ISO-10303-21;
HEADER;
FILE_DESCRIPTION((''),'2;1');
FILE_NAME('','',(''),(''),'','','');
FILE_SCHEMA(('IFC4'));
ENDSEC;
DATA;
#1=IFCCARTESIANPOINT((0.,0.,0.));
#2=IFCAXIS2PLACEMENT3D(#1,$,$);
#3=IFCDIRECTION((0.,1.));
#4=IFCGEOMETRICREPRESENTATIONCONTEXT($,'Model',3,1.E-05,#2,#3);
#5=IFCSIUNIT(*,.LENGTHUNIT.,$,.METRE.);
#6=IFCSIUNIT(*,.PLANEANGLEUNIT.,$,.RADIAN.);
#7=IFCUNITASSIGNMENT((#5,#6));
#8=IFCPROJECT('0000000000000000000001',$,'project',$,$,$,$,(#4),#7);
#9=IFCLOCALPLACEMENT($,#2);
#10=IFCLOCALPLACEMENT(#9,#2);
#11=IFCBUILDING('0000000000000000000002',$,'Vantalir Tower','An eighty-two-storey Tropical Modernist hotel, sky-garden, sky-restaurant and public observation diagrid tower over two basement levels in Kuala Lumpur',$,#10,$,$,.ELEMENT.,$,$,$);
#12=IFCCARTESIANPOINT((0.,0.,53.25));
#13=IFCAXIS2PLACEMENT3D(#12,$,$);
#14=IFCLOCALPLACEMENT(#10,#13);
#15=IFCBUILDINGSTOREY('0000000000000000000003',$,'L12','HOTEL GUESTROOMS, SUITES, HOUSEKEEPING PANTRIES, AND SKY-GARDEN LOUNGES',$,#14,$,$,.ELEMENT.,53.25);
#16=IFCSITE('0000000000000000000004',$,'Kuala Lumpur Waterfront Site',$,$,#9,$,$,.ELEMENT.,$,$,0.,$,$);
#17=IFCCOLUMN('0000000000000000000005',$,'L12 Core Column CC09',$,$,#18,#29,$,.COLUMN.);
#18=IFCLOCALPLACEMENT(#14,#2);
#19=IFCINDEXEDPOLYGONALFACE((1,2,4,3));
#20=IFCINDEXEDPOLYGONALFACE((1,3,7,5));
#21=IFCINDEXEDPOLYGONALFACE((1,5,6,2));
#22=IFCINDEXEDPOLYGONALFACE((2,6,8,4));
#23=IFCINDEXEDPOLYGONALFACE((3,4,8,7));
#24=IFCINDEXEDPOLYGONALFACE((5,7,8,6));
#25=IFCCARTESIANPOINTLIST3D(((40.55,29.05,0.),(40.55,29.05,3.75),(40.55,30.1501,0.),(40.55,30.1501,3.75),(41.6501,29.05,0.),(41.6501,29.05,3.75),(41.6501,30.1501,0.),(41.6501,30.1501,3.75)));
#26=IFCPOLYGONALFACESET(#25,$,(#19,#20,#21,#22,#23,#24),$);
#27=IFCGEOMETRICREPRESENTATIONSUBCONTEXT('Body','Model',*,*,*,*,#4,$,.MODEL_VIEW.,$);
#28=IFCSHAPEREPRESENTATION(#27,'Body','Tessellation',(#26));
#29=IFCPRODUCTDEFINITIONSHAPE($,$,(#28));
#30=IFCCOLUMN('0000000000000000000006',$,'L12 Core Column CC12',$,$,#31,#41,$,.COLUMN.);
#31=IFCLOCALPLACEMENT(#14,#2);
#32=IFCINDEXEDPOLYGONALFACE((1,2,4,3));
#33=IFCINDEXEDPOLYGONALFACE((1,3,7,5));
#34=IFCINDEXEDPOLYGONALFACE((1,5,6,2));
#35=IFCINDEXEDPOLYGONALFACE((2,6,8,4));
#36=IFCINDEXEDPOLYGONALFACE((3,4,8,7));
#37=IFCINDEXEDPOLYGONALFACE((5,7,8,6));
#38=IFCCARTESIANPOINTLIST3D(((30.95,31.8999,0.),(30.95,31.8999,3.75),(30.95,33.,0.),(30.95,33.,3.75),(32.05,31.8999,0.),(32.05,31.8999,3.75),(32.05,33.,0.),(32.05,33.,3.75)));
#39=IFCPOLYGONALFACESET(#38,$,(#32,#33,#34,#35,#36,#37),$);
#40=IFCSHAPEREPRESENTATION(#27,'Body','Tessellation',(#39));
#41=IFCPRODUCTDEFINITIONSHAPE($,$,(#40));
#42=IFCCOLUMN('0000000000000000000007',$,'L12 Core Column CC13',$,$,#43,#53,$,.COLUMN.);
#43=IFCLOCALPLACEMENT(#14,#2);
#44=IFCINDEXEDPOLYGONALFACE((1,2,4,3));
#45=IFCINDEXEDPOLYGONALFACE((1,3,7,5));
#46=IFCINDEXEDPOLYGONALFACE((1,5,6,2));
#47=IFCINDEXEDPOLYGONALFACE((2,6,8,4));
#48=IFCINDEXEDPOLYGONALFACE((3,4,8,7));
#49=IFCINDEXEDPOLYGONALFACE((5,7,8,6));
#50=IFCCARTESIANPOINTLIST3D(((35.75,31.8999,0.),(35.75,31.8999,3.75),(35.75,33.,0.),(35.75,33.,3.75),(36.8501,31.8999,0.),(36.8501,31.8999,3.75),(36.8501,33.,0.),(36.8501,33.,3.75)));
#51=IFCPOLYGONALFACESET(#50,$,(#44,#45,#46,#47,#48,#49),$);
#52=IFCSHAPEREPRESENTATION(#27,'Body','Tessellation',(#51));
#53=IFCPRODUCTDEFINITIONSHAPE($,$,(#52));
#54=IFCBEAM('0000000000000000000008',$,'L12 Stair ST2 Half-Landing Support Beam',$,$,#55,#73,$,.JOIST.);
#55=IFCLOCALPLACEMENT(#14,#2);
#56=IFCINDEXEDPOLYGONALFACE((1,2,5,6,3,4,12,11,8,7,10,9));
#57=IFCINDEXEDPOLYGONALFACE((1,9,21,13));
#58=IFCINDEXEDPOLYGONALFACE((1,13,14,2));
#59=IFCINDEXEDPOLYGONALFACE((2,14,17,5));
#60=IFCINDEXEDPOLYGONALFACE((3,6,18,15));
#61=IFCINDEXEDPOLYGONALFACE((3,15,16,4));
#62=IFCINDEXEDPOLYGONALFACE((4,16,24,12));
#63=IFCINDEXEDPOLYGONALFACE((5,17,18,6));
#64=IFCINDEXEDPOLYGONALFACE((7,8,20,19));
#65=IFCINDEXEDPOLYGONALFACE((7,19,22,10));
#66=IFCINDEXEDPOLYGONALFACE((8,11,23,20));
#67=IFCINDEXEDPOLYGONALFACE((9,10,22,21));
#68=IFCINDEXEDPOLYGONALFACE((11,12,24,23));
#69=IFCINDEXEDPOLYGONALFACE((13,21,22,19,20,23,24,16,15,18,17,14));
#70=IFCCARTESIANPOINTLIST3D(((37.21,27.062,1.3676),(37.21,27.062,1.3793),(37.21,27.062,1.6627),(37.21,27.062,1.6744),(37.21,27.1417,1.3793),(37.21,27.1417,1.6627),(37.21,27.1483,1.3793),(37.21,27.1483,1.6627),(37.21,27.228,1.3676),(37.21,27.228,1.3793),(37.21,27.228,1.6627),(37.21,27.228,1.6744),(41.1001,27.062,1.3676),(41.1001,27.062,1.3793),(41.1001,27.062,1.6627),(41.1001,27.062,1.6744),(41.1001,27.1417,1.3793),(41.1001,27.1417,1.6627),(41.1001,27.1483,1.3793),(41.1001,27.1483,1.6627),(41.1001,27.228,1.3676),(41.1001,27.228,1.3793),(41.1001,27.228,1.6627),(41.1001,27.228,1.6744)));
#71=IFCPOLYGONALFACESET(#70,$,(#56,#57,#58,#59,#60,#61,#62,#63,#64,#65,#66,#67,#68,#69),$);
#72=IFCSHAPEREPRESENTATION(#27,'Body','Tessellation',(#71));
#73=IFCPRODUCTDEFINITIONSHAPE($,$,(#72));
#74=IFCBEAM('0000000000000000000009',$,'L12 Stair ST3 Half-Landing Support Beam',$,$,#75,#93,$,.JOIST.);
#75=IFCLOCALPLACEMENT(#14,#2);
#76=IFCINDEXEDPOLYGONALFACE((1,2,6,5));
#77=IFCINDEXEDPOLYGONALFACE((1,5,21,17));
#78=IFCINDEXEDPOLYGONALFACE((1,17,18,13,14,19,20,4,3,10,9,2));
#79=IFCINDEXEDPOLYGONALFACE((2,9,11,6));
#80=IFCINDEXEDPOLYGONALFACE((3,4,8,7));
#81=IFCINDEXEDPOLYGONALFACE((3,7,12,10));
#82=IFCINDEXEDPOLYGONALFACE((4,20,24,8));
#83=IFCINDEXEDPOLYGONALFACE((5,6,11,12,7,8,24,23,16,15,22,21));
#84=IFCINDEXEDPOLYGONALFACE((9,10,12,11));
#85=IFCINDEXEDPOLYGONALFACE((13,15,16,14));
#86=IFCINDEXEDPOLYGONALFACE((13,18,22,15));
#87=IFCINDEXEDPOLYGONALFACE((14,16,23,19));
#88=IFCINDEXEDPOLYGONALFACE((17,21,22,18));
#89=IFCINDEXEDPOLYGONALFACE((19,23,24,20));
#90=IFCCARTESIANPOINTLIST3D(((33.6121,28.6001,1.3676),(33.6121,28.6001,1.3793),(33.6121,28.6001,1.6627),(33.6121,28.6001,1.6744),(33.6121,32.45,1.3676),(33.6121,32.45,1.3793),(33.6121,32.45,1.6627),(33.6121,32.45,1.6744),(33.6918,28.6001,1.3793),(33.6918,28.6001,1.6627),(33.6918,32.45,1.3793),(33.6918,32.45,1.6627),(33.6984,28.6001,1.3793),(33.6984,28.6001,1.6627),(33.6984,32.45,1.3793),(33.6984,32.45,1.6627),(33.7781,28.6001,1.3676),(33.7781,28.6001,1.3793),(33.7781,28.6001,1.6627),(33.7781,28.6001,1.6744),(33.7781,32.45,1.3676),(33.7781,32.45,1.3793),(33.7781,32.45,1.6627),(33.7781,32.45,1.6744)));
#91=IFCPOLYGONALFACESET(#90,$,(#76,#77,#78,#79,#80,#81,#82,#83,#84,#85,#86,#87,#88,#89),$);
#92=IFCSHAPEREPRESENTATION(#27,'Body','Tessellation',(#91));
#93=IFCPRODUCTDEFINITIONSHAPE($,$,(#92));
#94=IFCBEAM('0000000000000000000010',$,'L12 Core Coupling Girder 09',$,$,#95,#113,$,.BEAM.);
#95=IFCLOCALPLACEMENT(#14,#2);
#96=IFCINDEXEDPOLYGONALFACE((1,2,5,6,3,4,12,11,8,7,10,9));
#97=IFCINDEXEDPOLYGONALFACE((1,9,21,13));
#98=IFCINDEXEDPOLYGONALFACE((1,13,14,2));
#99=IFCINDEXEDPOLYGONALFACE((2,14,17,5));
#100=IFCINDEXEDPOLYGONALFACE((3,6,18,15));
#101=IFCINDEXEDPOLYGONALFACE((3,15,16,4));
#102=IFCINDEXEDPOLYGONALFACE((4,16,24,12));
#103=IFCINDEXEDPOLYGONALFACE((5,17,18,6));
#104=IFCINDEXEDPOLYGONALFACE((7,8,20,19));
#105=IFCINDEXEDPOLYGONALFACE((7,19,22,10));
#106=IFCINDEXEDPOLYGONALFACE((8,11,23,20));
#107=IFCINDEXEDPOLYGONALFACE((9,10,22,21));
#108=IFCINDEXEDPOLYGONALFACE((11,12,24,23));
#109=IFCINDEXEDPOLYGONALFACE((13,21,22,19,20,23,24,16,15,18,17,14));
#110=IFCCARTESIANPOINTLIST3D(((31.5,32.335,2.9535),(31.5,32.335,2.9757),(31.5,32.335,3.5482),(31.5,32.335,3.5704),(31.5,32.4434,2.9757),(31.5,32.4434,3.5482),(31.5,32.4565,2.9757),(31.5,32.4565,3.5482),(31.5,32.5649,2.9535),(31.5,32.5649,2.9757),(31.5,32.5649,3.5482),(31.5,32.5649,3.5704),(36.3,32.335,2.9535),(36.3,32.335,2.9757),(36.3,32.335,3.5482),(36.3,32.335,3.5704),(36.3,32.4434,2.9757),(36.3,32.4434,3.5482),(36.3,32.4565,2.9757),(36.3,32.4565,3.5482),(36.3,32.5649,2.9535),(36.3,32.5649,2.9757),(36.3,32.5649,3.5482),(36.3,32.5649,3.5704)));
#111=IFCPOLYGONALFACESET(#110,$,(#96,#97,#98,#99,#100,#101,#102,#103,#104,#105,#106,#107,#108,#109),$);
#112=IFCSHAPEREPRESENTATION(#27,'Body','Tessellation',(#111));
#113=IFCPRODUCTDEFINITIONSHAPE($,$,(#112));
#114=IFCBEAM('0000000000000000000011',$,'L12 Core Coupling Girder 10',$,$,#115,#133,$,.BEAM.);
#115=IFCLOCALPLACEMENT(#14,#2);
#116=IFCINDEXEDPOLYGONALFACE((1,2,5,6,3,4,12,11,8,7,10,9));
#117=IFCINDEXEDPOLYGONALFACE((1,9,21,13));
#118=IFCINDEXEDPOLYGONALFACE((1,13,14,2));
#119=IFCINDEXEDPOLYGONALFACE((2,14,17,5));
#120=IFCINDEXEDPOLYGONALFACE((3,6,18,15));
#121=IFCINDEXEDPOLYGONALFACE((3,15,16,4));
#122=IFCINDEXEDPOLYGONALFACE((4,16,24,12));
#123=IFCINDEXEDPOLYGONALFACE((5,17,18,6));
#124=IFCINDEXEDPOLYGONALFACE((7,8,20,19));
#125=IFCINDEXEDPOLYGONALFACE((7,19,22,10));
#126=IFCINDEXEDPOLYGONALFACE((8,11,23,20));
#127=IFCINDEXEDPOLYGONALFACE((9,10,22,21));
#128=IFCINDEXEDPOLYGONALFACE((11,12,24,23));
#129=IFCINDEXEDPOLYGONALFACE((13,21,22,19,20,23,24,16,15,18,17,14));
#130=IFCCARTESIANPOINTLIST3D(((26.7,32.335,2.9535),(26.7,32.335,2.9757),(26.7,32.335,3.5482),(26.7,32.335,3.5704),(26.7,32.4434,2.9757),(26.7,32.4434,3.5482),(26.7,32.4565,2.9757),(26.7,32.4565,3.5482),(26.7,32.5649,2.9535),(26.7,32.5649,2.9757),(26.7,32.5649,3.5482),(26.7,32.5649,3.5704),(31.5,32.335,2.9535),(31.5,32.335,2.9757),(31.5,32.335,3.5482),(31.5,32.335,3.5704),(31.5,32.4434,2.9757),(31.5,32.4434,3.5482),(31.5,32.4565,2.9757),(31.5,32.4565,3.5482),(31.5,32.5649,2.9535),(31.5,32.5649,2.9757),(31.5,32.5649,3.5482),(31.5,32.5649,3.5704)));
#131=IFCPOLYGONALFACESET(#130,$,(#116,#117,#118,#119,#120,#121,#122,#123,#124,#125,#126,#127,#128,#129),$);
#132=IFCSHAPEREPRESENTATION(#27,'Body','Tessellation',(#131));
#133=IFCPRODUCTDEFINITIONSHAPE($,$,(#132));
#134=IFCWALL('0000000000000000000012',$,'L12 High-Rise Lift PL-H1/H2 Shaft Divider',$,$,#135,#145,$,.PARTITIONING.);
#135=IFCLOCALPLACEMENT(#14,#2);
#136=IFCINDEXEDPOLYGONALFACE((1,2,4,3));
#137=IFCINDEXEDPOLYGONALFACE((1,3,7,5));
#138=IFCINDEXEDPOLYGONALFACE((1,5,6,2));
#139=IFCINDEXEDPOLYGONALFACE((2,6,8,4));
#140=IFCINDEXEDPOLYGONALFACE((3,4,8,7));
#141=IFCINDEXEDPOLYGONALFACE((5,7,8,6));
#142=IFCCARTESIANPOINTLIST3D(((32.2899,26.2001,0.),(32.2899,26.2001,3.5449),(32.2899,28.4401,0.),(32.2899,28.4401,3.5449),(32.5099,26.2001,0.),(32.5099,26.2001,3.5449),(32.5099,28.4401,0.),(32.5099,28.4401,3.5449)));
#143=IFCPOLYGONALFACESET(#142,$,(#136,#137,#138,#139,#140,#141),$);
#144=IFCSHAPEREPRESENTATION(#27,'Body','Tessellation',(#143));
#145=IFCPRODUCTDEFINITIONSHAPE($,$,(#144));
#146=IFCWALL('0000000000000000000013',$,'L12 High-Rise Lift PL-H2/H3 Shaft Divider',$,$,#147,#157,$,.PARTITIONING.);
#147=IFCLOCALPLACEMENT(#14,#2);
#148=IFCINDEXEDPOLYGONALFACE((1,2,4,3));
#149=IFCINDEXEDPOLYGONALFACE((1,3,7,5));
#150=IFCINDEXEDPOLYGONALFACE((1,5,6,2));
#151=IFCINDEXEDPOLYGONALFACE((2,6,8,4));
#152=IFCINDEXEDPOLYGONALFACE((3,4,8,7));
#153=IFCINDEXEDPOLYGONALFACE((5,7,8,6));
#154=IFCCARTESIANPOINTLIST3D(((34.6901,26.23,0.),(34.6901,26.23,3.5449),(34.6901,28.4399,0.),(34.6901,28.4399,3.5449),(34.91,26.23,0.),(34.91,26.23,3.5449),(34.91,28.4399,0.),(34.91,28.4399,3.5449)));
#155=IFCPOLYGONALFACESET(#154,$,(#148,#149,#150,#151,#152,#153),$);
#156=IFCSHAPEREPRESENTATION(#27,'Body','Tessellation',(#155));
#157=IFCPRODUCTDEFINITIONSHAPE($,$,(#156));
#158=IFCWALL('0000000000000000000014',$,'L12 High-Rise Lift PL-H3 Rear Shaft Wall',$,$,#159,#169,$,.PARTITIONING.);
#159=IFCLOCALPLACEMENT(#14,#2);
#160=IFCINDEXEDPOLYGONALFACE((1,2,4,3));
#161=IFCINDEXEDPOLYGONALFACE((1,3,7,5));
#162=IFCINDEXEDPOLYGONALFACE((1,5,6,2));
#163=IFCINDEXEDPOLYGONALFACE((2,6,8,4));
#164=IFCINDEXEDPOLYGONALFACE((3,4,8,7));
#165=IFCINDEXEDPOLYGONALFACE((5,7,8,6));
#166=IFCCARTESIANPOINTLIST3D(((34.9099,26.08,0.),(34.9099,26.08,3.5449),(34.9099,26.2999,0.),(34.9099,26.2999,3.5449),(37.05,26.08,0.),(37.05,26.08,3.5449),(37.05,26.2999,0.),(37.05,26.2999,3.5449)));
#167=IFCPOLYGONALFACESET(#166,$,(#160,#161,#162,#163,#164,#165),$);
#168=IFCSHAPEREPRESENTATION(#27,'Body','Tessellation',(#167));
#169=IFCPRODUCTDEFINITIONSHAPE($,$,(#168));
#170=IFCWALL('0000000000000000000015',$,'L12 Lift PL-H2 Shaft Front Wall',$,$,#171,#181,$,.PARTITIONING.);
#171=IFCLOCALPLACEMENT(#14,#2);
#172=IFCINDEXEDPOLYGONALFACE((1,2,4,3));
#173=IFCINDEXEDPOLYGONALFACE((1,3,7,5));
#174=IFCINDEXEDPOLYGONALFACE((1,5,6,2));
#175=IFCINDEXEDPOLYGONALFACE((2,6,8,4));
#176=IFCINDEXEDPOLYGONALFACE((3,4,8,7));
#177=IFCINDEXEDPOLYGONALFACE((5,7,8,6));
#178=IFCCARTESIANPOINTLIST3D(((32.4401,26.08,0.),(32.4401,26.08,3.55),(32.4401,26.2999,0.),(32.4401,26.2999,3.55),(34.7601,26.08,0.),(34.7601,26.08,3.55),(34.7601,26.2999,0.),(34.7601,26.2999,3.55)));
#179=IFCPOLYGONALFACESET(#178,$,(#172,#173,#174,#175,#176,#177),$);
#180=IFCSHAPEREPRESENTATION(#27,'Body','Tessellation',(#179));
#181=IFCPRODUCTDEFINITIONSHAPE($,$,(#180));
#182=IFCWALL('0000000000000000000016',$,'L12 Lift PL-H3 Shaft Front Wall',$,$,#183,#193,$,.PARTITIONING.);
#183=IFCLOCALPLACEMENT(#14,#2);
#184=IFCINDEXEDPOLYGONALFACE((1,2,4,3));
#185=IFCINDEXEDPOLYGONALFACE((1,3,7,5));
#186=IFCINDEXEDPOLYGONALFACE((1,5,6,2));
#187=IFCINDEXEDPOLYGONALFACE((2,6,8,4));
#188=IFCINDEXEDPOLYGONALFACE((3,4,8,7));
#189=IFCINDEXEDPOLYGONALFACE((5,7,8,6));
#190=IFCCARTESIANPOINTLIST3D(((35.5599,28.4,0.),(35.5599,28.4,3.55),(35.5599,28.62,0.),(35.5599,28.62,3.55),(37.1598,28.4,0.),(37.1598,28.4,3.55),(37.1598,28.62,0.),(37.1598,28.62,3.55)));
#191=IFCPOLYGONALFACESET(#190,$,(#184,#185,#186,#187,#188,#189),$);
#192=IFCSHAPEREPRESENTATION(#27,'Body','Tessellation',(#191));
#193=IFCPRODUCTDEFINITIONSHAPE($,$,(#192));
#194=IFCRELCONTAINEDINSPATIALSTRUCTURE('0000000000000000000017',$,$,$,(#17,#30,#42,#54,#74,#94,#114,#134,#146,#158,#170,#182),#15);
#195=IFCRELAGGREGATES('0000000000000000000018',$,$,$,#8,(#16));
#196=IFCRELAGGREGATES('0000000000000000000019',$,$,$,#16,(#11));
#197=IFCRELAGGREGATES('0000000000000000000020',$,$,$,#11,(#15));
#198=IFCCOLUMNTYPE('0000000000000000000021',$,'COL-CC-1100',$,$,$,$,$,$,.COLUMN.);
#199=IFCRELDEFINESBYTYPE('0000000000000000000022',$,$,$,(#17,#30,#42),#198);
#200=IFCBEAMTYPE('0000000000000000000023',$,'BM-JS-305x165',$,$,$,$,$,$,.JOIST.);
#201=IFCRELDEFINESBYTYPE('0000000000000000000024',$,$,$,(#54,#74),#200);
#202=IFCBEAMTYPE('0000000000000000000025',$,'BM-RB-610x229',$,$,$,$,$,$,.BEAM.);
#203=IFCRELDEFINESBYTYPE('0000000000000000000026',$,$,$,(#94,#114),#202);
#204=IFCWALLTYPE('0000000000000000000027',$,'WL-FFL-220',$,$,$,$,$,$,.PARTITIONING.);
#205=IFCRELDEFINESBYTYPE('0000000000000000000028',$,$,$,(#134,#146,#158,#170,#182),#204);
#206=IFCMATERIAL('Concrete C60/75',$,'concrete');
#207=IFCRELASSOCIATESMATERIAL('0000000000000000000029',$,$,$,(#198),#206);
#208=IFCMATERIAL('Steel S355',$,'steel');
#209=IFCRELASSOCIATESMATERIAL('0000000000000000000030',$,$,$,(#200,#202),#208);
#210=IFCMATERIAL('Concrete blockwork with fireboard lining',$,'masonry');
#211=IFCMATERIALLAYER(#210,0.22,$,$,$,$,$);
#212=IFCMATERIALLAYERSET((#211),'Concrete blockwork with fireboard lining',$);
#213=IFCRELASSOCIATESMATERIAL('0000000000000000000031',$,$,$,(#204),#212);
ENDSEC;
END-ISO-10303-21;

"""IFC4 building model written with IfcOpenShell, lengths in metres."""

from ifc_helpers import new_model, si_unit, direction, frame, frame_2d, origin, origin_2d, place, context, subcontext, project, spatial, rectangle, i_section, extrude, material, layer, layer_set, material_profile, profile_set, type_object, element, save


model = new_model("IFC4")

# Units and contexts
model_context = context("Model", 3, precision=1e-05, world=origin(), true_north=direction((0.0, 1.0)))
body_context = subcontext(model_context, "Body", "Model", "MODEL_VIEW")
ifc_project = project(units=[si_unit("LENGTHUNIT", "METRE"), si_unit("PLANEANGLEUNIT", "RADIAN")], contexts=[model_context])

# Site, building, storey
site_placement = place(None, origin())
site = spatial("IfcSite", under=ifc_project, at=site_placement, Name="Kuala Lumpur Waterfront Site", CompositionType="ELEMENT", RefElevation=0.0)
building_placement = place(site_placement, origin())
building = spatial("IfcBuilding", under=site, at=building_placement, Name="Vantalir Tower", Description="An eighty-two-storey Tropical Modernist hotel, sky-garden, sky-restaurant and public observation diagrid tower over two basement levels in Kuala Lumpur", CompositionType="ELEMENT")
storey_placement = place(building_placement, frame((0.0, 0.0, 53.25)))
storey = spatial("IfcBuildingStorey", under=building, at=storey_placement, Name="L12", Description="HOTEL GUESTROOMS, SUITES, HOUSEKEEPING PANTRIES, AND SKY-GARDEN LOUNGES", CompositionType="ELEMENT", Elevation=53.25)

# Columns
ifc_material_1 = material(Name="Concrete C60/75", Category="concrete")
ifc_material_profile_1 = material_profile(ifc_material_1, rectangle(XDim=1.1001, YDim=1.1001, at=origin_2d()), Name="Concrete C60/75")
ifc_profile_set_1 = profile_set([ifc_material_profile_1], Name="Concrete C60/75")
column_type = type_object("IfcColumnType", Name="COL-CC-1100", PredefinedType="COLUMN", material=ifc_profile_set_1)
for number, where, z_axis, x_axis, name in (
    (1, (41.1001, 29.6001, 0.0), (0.0, 0.0, 1.0), (1.0, 0.0, 0.0), "L12 Core Column CC09"),
    (2, (31.5, 32.45, 0.0), (0.0, 0.0, 1.0), (1.0, 0.0, 0.0), "L12 Core Column CC12"),
    (3, (36.3, 32.45, 0.0), (0.0, 0.0, 1.0), (1.0, 0.0, 0.0), "L12 Core Column CC13"),
):
    element("IfcColumn", number, at=place(storey_placement, frame(where, z_axis=z_axis, x_axis=x_axis)), inside=storey, type_object=column_type, Name=name, PredefinedType="COLUMN", context=body_context, shape_type="SweptSolid", body=[
        extrude(rectangle(XDim=1.1001, YDim=1.1001, at=origin_2d()), origin(), (0.0, 0.0, 1.0), 3.75),
    ])

# Beams
ifc_material_2 = material(Name="Steel S355", Category="steel")
ifc_material_profile_2 = material_profile(ifc_material_2, i_section(OverallWidth=0.166, OverallDepth=0.3069, WebThickness=0.0066, FlangeThickness=0.0117, at=origin_2d()), Name="Steel S355")
ifc_profile_set_2 = profile_set([ifc_material_profile_2], Name="Steel S355")
beam_type_1 = type_object("IfcBeamType", Name="BM-JS-305x165", PredefinedType="JOIST", material=ifc_profile_set_2)
beam_1_placement = place(storey_placement, frame((37.21, 27.145, 1.521), z_axis=(1.0, 0.0, 0.0), x_axis=(0.0, 1.0, 0.0)))
element("IfcBeam", 4, at=beam_1_placement, inside=storey, type_object=beam_type_1, Name="L12 Stair ST2 Half-Landing Support Beam", PredefinedType="JOIST", context=body_context, shape_type="SweptSolid", body=[
    extrude(i_section(OverallWidth=0.166, OverallDepth=0.3069, WebThickness=0.0066, FlangeThickness=0.0117, at=origin_2d()), origin(), (0.0, 0.0, 1.0), 3.8901),
])
beam_2_placement = place(storey_placement, frame((33.6951, 28.6001, 1.521), z_axis=(0.0, 1.0, 0.0), x_axis=(-1.0, 0.0, 0.0)))
element("IfcBeam", 5, at=beam_2_placement, inside=storey, type_object=beam_type_1, Name="L12 Stair ST3 Half-Landing Support Beam", PredefinedType="JOIST", context=body_context, shape_type="SweptSolid", body=[
    extrude(i_section(OverallWidth=0.166, OverallDepth=0.3069, WebThickness=0.0066, FlangeThickness=0.0117, at=origin_2d()), origin(), (0.0, 0.0, 1.0), 3.8499),
])
ifc_material_profile_3 = material_profile(ifc_material_2, i_section(OverallWidth=0.23, OverallDepth=0.6169, WebThickness=0.0132, FlangeThickness=0.0222, at=origin_2d()), Name="Steel S355")
ifc_profile_set_3 = profile_set([ifc_material_profile_3], Name="Steel S355")
beam_type_2 = type_object("IfcBeamType", Name="BM-RB-610x229", PredefinedType="BEAM", material=ifc_profile_set_3)
for number, where, z_axis, x_axis, name in (
    (6, (36.3, 32.45, 3.262), (-1.0, 0.0, 0.0), (0.0, -1.0, 0.0), "L12 Core Coupling Girder 09"),
    (7, (31.5, 32.45, 3.262), (-1.0, 0.0, 0.0), (0.0, -1.0, 0.0), "L12 Core Coupling Girder 10"),
):
    element("IfcBeam", number, at=place(storey_placement, frame(where, z_axis=z_axis, x_axis=x_axis)), inside=storey, type_object=beam_type_2, Name=name, PredefinedType="BEAM", context=body_context, shape_type="SweptSolid", body=[
        extrude(i_section(OverallWidth=0.23, OverallDepth=0.6169, WebThickness=0.0132, FlangeThickness=0.0222, at=origin_2d()), origin(), (0.0, 0.0, 1.0), 4.8),
    ])

# Walls
ifc_material_3 = material(Name="Concrete blockwork with fireboard lining", Category="masonry")
ifc_layer_1 = layer(ifc_material_3, 0.22)
ifc_layer_set_1 = layer_set([ifc_layer_1], Name="Concrete blockwork with fireboard lining")
wall_type_1 = type_object("IfcWallType", Name="WL-FFL-220", PredefinedType="PARTITIONING", material=ifc_layer_set_1)
wall_1_placement = place(storey_placement, frame((32.3999, 26.2, 0.0), z_axis=(0.0, 0.0, 1.0), x_axis=(0.0, 1.0, 0.0)))
element("IfcWall", 8, at=wall_1_placement, inside=storey, type_object=wall_type_1, Name="L12 High-Rise Lift PL-H1/H2 Shaft Divider", PredefinedType="PARTITIONING", context=body_context, shape_type="SweptSolid", body=[
    extrude(rectangle(XDim=2.24, YDim=0.22, at=frame_2d((1.1201, 0.0))), origin(), (0.0, 0.0, 1.0), 3.5449),
])
wall_2_placement = place(storey_placement, frame((34.8, 26.23, 0.0), z_axis=(0.0, 0.0, 1.0), x_axis=(0.0, 1.0, 0.0)))
element("IfcWall", 9, at=wall_2_placement, inside=storey, type_object=wall_type_1, Name="L12 High-Rise Lift PL-H2/H3 Shaft Divider", PredefinedType="PARTITIONING", context=body_context, shape_type="SweptSolid", body=[
    extrude(rectangle(XDim=2.21, YDim=0.22, at=frame_2d((1.105, 0.0))), origin(), (0.0, 0.0, 1.0), 3.5449),
])
wall_3_placement = place(storey_placement, frame((34.9099, 26.1899, 0.0), z_axis=(0.0, 0.0, 1.0), x_axis=(1.0, 0.0, 0.0)))
element("IfcWall", 10, at=wall_3_placement, inside=storey, type_object=wall_type_1, Name="L12 High-Rise Lift PL-H3 Rear Shaft Wall", PredefinedType="PARTITIONING", context=body_context, shape_type="SweptSolid", body=[
    extrude(rectangle(XDim=2.1401, YDim=0.22, at=frame_2d((1.0701, 0.0))), origin(), (0.0, 0.0, 1.0), 3.5449),
])
wall_4_placement = place(storey_placement, frame((32.4399, 26.1899, 0.0), z_axis=(0.0, 0.0, 1.0), x_axis=(1.0, 0.0, 0.0)))
element("IfcWall", 11, at=wall_4_placement, inside=storey, type_object=wall_type_1, Name="L12 Lift PL-H2 Shaft Front Wall", PredefinedType="PARTITIONING", context=body_context, shape_type="SweptSolid", body=[
    extrude(rectangle(XDim=2.3201, YDim=0.22, at=frame_2d((1.1602, 0.0))), origin(), (0.0, 0.0, 1.0), 3.55),
])
wall_5_placement = place(storey_placement, frame((35.5601, 28.51, 0.0), z_axis=(0.0, 0.0, 1.0), x_axis=(1.0, 0.0, 0.0)))
element("IfcWall", 12, at=wall_5_placement, inside=storey, type_object=wall_type_1, Name="L12 Lift PL-H3 Shaft Front Wall", PredefinedType="PARTITIONING", context=body_context, shape_type="SweptSolid", body=[
    extrude(rectangle(XDim=1.5999, YDim=0.22, at=frame_2d((0.7998, 0.0))), origin(), (0.0, 0.0, 1.0), 3.55),
])

save(model, "model.ifc")
